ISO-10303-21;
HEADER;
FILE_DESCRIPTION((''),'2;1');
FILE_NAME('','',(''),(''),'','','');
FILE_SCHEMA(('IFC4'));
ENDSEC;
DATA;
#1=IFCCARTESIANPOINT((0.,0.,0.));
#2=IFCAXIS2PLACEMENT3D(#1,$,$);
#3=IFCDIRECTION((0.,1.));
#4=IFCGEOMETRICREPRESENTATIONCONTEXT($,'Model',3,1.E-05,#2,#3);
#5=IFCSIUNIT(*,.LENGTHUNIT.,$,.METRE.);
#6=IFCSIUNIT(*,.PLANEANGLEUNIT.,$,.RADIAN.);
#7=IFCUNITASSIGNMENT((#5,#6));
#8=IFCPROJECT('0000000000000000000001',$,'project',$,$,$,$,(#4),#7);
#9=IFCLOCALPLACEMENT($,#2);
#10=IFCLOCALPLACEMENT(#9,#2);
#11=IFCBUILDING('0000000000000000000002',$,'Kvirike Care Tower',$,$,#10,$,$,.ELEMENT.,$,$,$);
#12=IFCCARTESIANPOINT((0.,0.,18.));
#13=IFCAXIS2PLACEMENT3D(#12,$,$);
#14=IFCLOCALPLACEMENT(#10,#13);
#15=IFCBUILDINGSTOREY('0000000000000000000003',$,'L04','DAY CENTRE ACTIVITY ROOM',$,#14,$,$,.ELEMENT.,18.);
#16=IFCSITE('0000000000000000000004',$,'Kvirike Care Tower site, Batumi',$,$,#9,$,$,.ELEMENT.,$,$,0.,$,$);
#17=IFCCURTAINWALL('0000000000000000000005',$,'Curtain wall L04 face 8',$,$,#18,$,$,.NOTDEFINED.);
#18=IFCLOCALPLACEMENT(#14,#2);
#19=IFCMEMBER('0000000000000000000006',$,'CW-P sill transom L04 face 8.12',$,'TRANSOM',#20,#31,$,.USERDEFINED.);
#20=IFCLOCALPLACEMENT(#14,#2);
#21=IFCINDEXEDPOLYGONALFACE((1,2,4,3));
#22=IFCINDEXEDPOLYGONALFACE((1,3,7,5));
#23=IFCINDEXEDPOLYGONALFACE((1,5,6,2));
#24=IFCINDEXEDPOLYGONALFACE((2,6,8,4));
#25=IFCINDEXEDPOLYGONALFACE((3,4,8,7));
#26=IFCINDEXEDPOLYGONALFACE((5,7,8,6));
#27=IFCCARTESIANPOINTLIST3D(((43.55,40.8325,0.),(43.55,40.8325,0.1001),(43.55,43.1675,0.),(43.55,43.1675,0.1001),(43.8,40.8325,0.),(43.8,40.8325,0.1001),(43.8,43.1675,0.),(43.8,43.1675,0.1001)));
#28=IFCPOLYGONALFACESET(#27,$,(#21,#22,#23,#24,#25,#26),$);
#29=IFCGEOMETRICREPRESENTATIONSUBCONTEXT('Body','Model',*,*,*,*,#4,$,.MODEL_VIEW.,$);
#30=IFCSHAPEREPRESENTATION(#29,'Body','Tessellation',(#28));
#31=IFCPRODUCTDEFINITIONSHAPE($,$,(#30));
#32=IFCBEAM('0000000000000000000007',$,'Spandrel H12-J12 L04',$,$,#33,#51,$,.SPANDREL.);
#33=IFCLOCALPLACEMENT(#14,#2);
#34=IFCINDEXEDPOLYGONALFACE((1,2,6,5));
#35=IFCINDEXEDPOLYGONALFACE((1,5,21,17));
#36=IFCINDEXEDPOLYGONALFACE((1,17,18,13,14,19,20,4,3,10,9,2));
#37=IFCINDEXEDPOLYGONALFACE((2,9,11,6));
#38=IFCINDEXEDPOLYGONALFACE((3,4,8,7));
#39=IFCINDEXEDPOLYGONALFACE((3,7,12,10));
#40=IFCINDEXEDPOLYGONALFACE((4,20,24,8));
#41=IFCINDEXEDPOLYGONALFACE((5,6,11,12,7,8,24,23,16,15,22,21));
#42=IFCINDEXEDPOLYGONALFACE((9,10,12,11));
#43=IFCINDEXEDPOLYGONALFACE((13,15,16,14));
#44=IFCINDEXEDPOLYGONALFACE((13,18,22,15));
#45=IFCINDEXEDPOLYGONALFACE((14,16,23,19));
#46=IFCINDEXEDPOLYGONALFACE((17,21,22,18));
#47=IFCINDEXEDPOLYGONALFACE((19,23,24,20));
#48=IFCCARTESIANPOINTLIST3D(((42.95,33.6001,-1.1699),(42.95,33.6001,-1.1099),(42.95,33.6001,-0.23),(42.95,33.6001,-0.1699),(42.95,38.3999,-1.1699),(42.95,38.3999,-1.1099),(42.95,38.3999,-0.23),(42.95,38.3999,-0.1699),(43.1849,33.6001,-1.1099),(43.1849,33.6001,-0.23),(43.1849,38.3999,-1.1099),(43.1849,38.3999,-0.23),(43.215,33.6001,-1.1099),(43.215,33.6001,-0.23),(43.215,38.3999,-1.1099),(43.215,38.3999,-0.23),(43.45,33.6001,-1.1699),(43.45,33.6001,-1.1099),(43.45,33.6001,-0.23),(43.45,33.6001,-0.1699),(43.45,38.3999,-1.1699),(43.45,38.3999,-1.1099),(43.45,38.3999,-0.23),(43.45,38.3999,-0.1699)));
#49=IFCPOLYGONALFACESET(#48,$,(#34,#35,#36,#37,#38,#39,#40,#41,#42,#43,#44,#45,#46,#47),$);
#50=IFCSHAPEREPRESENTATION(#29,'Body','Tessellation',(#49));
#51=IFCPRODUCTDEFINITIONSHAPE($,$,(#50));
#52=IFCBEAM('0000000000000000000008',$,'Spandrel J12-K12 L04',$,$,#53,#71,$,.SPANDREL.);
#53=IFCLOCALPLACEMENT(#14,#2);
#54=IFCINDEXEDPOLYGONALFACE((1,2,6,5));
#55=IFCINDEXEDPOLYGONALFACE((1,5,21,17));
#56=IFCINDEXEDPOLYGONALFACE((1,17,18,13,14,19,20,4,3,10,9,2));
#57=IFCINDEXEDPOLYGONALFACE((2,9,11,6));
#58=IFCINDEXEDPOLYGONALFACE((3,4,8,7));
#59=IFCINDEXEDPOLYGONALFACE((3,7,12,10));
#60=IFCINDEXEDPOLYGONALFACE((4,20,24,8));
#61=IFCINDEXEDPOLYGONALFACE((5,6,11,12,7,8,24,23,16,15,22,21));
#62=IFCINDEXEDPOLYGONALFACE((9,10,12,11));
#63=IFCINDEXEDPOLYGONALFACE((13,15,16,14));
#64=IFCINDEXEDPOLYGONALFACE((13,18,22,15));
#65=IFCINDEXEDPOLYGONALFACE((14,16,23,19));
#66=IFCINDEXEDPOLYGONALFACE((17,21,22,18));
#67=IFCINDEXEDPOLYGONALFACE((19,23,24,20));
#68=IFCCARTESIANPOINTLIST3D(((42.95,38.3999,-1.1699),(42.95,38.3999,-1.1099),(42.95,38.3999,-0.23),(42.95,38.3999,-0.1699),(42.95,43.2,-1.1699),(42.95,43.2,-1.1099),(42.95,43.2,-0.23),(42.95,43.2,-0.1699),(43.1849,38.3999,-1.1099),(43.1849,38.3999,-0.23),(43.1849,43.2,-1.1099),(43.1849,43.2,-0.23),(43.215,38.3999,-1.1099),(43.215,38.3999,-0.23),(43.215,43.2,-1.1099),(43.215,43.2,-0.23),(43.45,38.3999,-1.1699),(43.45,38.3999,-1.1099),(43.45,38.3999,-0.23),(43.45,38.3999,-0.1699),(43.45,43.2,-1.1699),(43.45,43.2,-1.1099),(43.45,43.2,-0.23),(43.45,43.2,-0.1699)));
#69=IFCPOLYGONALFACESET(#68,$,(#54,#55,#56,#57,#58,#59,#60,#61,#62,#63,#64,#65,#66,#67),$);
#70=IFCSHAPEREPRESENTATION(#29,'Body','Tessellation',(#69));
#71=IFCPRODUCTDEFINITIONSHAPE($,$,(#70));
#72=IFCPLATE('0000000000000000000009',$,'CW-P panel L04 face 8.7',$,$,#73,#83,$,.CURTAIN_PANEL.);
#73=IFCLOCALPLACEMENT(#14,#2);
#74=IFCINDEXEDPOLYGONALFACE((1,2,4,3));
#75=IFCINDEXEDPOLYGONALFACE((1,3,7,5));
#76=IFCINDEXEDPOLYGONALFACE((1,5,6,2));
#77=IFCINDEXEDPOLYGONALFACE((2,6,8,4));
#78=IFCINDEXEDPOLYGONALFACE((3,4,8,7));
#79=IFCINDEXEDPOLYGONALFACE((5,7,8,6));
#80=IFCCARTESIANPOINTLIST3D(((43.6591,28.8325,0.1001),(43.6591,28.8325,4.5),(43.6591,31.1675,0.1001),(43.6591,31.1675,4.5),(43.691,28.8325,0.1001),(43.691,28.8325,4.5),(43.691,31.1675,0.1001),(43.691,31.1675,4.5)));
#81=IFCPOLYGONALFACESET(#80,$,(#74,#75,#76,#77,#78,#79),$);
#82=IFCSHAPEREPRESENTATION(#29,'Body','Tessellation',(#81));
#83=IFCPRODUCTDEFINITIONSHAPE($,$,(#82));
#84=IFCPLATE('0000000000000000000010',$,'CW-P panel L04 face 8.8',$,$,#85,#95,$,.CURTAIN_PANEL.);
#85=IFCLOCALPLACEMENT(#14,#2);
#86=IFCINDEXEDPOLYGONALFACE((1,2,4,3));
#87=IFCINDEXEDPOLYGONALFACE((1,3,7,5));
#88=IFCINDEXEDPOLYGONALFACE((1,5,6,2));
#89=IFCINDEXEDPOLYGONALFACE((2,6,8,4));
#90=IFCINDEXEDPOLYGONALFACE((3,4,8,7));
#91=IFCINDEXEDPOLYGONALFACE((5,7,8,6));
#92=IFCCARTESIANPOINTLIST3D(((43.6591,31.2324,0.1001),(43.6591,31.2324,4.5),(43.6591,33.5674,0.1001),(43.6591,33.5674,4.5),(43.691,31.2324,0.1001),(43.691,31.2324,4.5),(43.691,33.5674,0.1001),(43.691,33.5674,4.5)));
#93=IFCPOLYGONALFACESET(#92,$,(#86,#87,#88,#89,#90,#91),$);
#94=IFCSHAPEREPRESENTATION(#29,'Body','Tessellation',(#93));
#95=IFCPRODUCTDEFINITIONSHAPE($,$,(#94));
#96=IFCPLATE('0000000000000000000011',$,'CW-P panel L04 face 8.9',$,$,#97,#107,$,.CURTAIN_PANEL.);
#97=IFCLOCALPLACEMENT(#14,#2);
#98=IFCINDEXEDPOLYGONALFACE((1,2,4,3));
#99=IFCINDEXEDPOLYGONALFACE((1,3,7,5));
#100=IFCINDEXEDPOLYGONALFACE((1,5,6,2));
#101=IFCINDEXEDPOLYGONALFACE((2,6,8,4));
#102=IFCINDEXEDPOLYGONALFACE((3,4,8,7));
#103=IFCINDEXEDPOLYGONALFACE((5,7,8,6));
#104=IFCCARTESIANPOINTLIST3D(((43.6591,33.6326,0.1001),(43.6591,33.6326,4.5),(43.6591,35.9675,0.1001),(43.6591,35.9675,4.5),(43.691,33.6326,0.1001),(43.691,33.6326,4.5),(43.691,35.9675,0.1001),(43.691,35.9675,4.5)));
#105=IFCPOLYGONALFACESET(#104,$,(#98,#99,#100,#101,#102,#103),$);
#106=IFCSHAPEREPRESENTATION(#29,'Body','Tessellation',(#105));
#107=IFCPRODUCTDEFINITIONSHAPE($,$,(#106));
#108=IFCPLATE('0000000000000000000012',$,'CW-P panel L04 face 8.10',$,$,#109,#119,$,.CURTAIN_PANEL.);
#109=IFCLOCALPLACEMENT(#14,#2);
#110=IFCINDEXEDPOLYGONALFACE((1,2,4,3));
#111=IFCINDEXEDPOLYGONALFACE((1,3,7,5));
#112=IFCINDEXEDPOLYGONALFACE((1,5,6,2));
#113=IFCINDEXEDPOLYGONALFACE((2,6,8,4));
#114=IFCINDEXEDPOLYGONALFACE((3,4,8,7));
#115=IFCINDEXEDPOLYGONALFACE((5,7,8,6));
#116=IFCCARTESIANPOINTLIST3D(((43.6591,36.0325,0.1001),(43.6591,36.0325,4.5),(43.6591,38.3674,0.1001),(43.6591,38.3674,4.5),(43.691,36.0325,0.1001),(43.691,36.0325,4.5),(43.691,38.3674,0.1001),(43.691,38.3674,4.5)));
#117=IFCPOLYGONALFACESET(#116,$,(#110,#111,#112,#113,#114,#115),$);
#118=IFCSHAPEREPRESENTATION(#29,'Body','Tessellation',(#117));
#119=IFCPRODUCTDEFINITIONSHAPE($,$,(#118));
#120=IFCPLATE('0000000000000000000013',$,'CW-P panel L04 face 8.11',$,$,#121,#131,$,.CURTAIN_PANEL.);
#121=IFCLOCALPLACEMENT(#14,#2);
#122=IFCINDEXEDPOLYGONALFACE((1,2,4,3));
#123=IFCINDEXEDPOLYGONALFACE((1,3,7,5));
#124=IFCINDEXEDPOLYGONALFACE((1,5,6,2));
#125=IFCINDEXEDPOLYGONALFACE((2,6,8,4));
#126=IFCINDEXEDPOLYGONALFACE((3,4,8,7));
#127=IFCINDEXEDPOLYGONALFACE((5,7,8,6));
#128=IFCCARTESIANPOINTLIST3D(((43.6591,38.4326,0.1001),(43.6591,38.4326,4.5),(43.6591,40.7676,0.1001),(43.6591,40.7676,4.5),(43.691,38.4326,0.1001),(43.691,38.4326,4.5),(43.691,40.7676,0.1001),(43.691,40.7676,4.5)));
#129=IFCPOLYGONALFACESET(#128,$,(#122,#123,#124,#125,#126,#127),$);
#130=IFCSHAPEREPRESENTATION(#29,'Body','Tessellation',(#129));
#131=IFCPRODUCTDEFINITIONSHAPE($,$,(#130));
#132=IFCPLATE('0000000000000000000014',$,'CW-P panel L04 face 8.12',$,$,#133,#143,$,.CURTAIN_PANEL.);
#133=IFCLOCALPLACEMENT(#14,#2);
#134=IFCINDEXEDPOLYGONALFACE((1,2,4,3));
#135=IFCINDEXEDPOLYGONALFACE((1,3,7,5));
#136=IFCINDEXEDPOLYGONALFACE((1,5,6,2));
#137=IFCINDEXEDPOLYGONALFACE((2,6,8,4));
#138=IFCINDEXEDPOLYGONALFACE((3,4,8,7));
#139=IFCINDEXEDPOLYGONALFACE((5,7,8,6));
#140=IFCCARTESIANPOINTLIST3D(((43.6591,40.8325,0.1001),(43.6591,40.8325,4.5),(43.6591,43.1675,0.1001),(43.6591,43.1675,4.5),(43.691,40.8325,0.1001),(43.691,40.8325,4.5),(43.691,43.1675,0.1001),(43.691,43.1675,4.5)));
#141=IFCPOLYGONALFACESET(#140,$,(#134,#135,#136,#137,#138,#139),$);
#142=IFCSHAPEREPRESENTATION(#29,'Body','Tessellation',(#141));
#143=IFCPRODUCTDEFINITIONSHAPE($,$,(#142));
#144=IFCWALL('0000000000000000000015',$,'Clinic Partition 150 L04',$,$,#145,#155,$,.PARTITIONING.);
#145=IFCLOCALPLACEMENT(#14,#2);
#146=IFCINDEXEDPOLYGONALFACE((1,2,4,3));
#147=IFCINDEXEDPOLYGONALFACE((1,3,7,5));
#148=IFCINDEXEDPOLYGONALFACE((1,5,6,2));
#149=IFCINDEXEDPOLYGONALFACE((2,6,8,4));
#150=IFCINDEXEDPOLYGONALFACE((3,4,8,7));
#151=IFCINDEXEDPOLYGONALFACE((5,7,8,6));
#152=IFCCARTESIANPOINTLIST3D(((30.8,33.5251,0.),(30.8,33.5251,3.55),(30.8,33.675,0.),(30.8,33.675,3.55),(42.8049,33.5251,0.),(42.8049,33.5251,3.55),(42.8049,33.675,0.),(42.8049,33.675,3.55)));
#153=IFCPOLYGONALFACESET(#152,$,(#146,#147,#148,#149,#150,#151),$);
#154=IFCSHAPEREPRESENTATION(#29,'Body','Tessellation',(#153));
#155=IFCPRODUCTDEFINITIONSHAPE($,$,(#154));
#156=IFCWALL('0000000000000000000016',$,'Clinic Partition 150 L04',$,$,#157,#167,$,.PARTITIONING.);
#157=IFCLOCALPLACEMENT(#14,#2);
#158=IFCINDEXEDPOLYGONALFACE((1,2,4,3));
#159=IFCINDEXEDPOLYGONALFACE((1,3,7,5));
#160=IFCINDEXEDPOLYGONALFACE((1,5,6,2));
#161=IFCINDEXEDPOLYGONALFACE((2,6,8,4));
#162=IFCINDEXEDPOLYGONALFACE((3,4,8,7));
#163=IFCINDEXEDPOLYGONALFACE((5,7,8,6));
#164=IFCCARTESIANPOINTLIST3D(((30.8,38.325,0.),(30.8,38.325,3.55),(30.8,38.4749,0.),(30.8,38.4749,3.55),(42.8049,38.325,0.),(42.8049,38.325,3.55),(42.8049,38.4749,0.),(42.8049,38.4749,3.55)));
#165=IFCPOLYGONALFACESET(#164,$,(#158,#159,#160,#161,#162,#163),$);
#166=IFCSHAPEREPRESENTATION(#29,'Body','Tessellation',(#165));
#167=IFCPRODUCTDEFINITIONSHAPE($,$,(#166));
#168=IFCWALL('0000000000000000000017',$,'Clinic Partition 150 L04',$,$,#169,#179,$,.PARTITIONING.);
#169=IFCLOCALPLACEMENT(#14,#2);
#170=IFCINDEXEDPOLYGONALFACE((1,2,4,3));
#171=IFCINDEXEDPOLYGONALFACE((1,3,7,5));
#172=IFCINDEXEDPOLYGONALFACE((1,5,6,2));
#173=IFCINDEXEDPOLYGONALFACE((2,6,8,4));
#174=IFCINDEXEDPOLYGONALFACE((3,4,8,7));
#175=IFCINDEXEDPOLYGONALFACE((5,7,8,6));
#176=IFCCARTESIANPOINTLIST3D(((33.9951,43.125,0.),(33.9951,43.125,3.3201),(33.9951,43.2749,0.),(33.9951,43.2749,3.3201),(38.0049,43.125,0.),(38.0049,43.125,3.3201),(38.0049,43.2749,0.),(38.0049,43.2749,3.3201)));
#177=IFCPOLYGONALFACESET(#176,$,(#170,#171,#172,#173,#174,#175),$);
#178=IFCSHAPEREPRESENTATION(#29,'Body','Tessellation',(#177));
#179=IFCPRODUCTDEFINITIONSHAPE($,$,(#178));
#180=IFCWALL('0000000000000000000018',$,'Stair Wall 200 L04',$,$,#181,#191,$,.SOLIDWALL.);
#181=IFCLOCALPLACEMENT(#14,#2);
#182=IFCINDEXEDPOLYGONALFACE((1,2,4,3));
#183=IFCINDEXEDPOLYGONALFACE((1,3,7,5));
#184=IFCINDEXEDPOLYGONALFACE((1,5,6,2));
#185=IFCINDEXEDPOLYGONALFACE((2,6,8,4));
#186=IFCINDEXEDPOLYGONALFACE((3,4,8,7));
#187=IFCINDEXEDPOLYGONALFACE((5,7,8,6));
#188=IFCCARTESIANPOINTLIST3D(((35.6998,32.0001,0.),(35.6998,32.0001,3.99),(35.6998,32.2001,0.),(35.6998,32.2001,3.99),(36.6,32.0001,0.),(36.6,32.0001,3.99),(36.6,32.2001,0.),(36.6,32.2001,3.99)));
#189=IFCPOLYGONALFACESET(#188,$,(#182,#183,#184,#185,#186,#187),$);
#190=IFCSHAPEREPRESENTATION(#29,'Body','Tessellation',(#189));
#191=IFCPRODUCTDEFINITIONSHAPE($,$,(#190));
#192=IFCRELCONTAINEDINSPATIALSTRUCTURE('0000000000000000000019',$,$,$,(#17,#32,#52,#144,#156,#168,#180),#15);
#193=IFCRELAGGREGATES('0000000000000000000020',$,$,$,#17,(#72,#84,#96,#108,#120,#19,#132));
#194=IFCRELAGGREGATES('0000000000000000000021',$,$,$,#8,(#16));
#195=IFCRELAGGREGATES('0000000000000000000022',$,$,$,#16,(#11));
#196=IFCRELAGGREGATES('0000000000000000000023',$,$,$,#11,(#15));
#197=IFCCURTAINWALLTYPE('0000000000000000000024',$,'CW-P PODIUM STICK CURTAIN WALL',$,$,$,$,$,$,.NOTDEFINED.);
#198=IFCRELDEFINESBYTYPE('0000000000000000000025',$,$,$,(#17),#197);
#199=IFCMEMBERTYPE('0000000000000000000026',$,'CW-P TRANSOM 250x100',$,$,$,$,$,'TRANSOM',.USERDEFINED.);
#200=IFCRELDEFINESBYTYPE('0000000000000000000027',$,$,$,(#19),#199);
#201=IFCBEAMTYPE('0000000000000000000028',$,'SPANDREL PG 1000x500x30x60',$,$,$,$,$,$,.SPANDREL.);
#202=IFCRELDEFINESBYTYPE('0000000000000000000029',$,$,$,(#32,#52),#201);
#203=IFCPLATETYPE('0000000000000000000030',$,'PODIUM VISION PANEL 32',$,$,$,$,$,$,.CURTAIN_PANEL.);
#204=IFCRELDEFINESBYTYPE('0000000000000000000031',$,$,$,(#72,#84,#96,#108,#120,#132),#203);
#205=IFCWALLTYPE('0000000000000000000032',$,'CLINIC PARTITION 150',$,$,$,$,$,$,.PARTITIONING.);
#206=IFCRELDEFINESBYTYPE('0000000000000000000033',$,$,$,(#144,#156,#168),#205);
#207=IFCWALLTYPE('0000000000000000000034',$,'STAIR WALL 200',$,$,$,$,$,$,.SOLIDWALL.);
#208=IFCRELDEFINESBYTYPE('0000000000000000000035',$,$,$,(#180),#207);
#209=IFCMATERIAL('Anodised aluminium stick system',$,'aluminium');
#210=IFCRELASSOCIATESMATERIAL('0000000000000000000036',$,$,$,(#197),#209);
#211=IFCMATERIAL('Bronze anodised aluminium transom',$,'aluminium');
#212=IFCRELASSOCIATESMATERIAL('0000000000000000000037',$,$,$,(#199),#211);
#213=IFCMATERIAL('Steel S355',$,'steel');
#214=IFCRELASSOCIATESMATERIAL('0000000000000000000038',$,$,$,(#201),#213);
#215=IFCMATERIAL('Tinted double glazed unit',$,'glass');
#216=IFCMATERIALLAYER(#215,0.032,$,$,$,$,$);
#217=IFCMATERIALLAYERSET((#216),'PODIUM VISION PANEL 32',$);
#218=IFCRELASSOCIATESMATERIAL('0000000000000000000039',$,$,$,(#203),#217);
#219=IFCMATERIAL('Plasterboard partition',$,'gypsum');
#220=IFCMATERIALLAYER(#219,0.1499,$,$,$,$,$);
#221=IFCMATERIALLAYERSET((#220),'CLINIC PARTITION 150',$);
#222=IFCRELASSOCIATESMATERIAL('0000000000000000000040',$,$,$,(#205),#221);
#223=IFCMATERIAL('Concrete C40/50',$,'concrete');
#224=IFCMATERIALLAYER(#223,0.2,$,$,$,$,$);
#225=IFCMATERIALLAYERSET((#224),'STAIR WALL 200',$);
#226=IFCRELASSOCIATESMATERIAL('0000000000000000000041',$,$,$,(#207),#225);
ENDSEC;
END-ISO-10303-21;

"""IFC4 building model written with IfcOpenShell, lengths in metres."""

from ifc_helpers import new_model, si_unit, direction, frame, frame_2d, origin, origin_2d, place, context, subcontext, project, spatial, rectangle, i_section, extrude, material, layer, layer_set, material_profile, profile_set, type_object, element, aggregate, save


model = new_model("IFC4")

# Units and contexts
model_context = context("Model", 3, precision=1e-05, world=origin(), true_north=direction((0.0, 1.0)))
body_context = subcontext(model_context, "Body", "Model", "MODEL_VIEW")
ifc_project = project(units=[si_unit("LENGTHUNIT", "METRE"), si_unit("PLANEANGLEUNIT", "RADIAN")], contexts=[model_context])

# Site, building, storey
site_placement = place(None, origin())
site = spatial("IfcSite", under=ifc_project, at=site_placement, Name="Kvirike Care Tower site, Batumi", CompositionType="ELEMENT", RefElevation=0.0)
building_placement = place(site_placement, origin())
building = spatial("IfcBuilding", under=site, at=building_placement, Name="Kvirike Care Tower", CompositionType="ELEMENT")
storey_placement = place(building_placement, frame((0.0, 0.0, 18.0)))
storey = spatial("IfcBuildingStorey", under=building, at=storey_placement, Name="L04", Description="DAY CENTRE ACTIVITY ROOM", CompositionType="ELEMENT", Elevation=18.0)

# Curtain wall, member
ifc_material_1 = material(Name="Anodised aluminium stick system", Category="aluminium")
curtain_wall_type = type_object("IfcCurtainWallType", Name="CW-P PODIUM STICK CURTAIN WALL", PredefinedType="NOTDEFINED", material=ifc_material_1)
curtain_wall_placement = place(storey_placement, origin())
curtain_wall = element("IfcCurtainWall", 1, at=curtain_wall_placement, inside=storey, type_object=curtain_wall_type, Name="Curtain wall L04 face 8", PredefinedType="NOTDEFINED")
ifc_material_2 = material(Name="Bronze anodised aluminium transom", Category="aluminium")
ifc_material_profile_1 = material_profile(ifc_material_2, rectangle(XDim=0.25, YDim=0.1001, at=origin_2d()), Name="CW-P TRANSOM 250x100")
ifc_profile_set_1 = profile_set([ifc_material_profile_1], Name="Bronze anodised aluminium transom")
member_type_1 = type_object("IfcMemberType", Name="CW-P TRANSOM 250x100", ElementType="TRANSOM", PredefinedType="USERDEFINED", material=ifc_profile_set_1)
member_1_placement = place(storey_placement, frame((43.675, 40.8325, 0.05), z_axis=(0.0, 1.0, 0.0), x_axis=(-1.0, 0.0, 0.0)))
member_1 = element("IfcMember", 2, at=member_1_placement, type_object=member_type_1, Name="CW-P sill transom L04 face 8.12", ObjectType="TRANSOM", PredefinedType="USERDEFINED", context=body_context, shape_type="SweptSolid", body=[
    extrude(rectangle(XDim=0.25, YDim=0.1001, at=origin_2d()), origin(), (0.0, 0.0, 1.0), 2.335),
])

# Beams
ifc_material_3 = material(Name="Steel S355", Category="steel")
ifc_material_profile_2 = material_profile(ifc_material_3, i_section(OverallWidth=0.5, OverallDepth=1.0, WebThickness=0.03, FlangeThickness=0.0601, at=origin_2d()), Name="PG 1000x500x30x60")
ifc_profile_set_2 = profile_set([ifc_material_profile_2], Name="Steel S355")
beam_type = type_object("IfcBeamType", Name="SPANDREL PG 1000x500x30x60", PredefinedType="SPANDREL", material=ifc_profile_set_2)
beam_1_placement = place(storey_placement, frame((43.2, 33.6001, -0.6699), z_axis=(0.0, 1.0, 0.0), x_axis=(-1.0, 0.0, 0.0)))
element("IfcBeam", 3, at=beam_1_placement, inside=storey, type_object=beam_type, Name="Spandrel H12-J12 L04", PredefinedType="SPANDREL", context=body_context, shape_type="SweptSolid", body=[
    extrude(i_section(OverallWidth=0.5, OverallDepth=1.0, WebThickness=0.03, FlangeThickness=0.0601, at=origin_2d()), origin(), (0.0, 0.0, 1.0), 4.7998),
])
beam_2_placement = place(storey_placement, frame((43.2, 38.3999, -0.6699), z_axis=(0.0, 1.0, 0.0), x_axis=(-1.0, 0.0, 0.0)))
element("IfcBeam", 4, at=beam_2_placement, inside=storey, type_object=beam_type, Name="Spandrel J12-K12 L04", PredefinedType="SPANDREL", context=body_context, shape_type="SweptSolid", body=[
    extrude(i_section(OverallWidth=0.5, OverallDepth=1.0, WebThickness=0.03, FlangeThickness=0.0601, at=origin_2d()), origin(), (0.0, 0.0, 1.0), 4.8),
])

# Plates
ifc_material_4 = material(Name="Tinted double glazed unit", Category="glass")
ifc_layer_1 = layer(ifc_material_4, 0.032)
ifc_layer_set_1 = layer_set([ifc_layer_1], Name="PODIUM VISION PANEL 32")
plate_type = type_object("IfcPlateType", Name="PODIUM VISION PANEL 32", PredefinedType="CURTAIN_PANEL", material=ifc_layer_set_1)
plate_1_placement = place(storey_placement, frame((43.675, 30.0, 0.1001), z_axis=(0.0, 0.0, 1.0), x_axis=(0.0, 1.0, 0.0)))
plate_1 = element("IfcPlate", 5, at=plate_1_placement, type_object=plate_type, Name="CW-P panel L04 face 8.7", PredefinedType="CURTAIN_PANEL", context=body_context, shape_type="SweptSolid", body=[
    extrude(rectangle(XDim=2.335, YDim=0.032, at=origin_2d()), origin(), (0.0, 0.0, 1.0), 4.3999),
])
plate_2_placement = place(storey_placement, frame((43.675, 32.3999, 0.1001), z_axis=(0.0, 0.0, 1.0), x_axis=(0.0, 1.0, 0.0)))
plate_2 = element("IfcPlate", 6, at=plate_2_placement, type_object=plate_type, Name="CW-P panel L04 face 8.8", PredefinedType="CURTAIN_PANEL", context=body_context, shape_type="SweptSolid", body=[
    extrude(rectangle(XDim=2.335, YDim=0.032, at=origin_2d()), origin(), (0.0, 0.0, 1.0), 4.3999),
])
plate_3_placement = place(storey_placement, frame((43.675, 34.8, 0.1001), z_axis=(0.0, 0.0, 1.0), x_axis=(0.0, 1.0, 0.0)))
plate_3 = element("IfcPlate", 7, at=plate_3_placement, type_object=plate_type, Name="CW-P panel L04 face 8.9", PredefinedType="CURTAIN_PANEL", context=body_context, shape_type="SweptSolid", body=[
    extrude(rectangle(XDim=2.335, YDim=0.032, at=origin_2d()), origin(), (0.0, 0.0, 1.0), 4.3999),
])
plate_4_placement = place(storey_placement, frame((43.675, 37.2, 0.1001), z_axis=(0.0, 0.0, 1.0), x_axis=(0.0, 1.0, 0.0)))
plate_4 = element("IfcPlate", 8, at=plate_4_placement, type_object=plate_type, Name="CW-P panel L04 face 8.10", PredefinedType="CURTAIN_PANEL", context=body_context, shape_type="SweptSolid", body=[
    extrude(rectangle(XDim=2.335, YDim=0.032, at=origin_2d()), origin(), (0.0, 0.0, 1.0), 4.3999),
])
plate_5_placement = place(storey_placement, frame((43.675, 39.6001, 0.1001), z_axis=(0.0, 0.0, 1.0), x_axis=(0.0, 1.0, 0.0)))
plate_5 = element("IfcPlate", 9, at=plate_5_placement, type_object=plate_type, Name="CW-P panel L04 face 8.11", PredefinedType="CURTAIN_PANEL", context=body_context, shape_type="SweptSolid", body=[
    extrude(rectangle(XDim=2.335, YDim=0.032, at=origin_2d()), origin(), (0.0, 0.0, 1.0), 4.3999),
])
plate_6_placement = place(storey_placement, frame((43.675, 42.0, 0.1001), z_axis=(0.0, 0.0, 1.0), x_axis=(0.0, 1.0, 0.0)))
plate_6 = element("IfcPlate", 10, at=plate_6_placement, type_object=plate_type, Name="CW-P panel L04 face 8.12", PredefinedType="CURTAIN_PANEL", context=body_context, shape_type="SweptSolid", body=[
    extrude(rectangle(XDim=2.335, YDim=0.032, at=origin_2d()), origin(), (0.0, 0.0, 1.0), 4.3999),
])
aggregate(curtain_wall, [plate_1, plate_2, plate_3, plate_4, plate_5, member_1, plate_6])

# Walls
ifc_material_5 = material(Name="Plasterboard partition", Category="gypsum")
ifc_layer_2 = layer(ifc_material_5, 0.1499)
ifc_layer_set_2 = layer_set([ifc_layer_2], Name="CLINIC PARTITION 150")
wall_type_1 = type_object("IfcWallType", Name="CLINIC PARTITION 150", PredefinedType="PARTITIONING", material=ifc_layer_set_2)
for number, where, z_axis, x_axis, name in (
    (11, (42.8049, 33.6001, 0.0), (0.0, 0.0, 1.0), (-1.0, 0.0, 0.0), "Clinic Partition 150 L04"),
    (12, (42.8049, 38.3999, 0.0), (0.0, 0.0, 1.0), (-1.0, 0.0, 0.0), "Clinic Partition 150 L04"),
):
    element("IfcWall", number, at=place(storey_placement, frame(where, z_axis=z_axis, x_axis=x_axis)), inside=storey, type_object=wall_type_1, Name=name, PredefinedType="PARTITIONING", context=body_context, shape_type="SweptSolid", body=[
        extrude(rectangle(XDim=12.0049, YDim=0.1499, at=frame_2d((6.0024, 0.0))), origin(), (0.0, 0.0, 1.0), 3.55),
    ])
wall_1_placement = place(storey_placement, frame((38.0049, 43.2, 0.0), z_axis=(0.0, 0.0, 1.0), x_axis=(-1.0, 0.0, 0.0)))
element("IfcWall", 13, at=wall_1_placement, inside=storey, type_object=wall_type_1, Name="Clinic Partition 150 L04", PredefinedType="PARTITIONING", context=body_context, shape_type="SweptSolid", body=[
    extrude(rectangle(XDim=4.0098, YDim=0.1499, at=frame_2d((2.0049, 0.0))), origin(), (0.0, 0.0, 1.0), 3.3201),
])
ifc_material_6 = material(Name="Concrete C40/50", Category="concrete")
ifc_layer_3 = layer(ifc_material_6, 0.2)
ifc_layer_set_3 = layer_set([ifc_layer_3], Name="STAIR WALL 200")
wall_type_2 = type_object("IfcWallType", Name="STAIR WALL 200", PredefinedType="SOLIDWALL", material=ifc_layer_set_3)
wall_2_placement = place(storey_placement, frame((36.6001, 32.1001, 0.0), z_axis=(0.0, 0.0, 1.0), x_axis=(-1.0, 0.0, 0.0)))
element("IfcWall", 14, at=wall_2_placement, inside=storey, type_object=wall_type_2, Name="Stair Wall 200 L04", PredefinedType="SOLIDWALL", context=body_context, shape_type="SweptSolid", body=[
    extrude(rectangle(XDim=0.9001, YDim=0.2, at=frame_2d((0.4502, 0.0))), origin(), (0.0, 0.0, 1.0), 3.99),
])

save(model, "model.ifc")
